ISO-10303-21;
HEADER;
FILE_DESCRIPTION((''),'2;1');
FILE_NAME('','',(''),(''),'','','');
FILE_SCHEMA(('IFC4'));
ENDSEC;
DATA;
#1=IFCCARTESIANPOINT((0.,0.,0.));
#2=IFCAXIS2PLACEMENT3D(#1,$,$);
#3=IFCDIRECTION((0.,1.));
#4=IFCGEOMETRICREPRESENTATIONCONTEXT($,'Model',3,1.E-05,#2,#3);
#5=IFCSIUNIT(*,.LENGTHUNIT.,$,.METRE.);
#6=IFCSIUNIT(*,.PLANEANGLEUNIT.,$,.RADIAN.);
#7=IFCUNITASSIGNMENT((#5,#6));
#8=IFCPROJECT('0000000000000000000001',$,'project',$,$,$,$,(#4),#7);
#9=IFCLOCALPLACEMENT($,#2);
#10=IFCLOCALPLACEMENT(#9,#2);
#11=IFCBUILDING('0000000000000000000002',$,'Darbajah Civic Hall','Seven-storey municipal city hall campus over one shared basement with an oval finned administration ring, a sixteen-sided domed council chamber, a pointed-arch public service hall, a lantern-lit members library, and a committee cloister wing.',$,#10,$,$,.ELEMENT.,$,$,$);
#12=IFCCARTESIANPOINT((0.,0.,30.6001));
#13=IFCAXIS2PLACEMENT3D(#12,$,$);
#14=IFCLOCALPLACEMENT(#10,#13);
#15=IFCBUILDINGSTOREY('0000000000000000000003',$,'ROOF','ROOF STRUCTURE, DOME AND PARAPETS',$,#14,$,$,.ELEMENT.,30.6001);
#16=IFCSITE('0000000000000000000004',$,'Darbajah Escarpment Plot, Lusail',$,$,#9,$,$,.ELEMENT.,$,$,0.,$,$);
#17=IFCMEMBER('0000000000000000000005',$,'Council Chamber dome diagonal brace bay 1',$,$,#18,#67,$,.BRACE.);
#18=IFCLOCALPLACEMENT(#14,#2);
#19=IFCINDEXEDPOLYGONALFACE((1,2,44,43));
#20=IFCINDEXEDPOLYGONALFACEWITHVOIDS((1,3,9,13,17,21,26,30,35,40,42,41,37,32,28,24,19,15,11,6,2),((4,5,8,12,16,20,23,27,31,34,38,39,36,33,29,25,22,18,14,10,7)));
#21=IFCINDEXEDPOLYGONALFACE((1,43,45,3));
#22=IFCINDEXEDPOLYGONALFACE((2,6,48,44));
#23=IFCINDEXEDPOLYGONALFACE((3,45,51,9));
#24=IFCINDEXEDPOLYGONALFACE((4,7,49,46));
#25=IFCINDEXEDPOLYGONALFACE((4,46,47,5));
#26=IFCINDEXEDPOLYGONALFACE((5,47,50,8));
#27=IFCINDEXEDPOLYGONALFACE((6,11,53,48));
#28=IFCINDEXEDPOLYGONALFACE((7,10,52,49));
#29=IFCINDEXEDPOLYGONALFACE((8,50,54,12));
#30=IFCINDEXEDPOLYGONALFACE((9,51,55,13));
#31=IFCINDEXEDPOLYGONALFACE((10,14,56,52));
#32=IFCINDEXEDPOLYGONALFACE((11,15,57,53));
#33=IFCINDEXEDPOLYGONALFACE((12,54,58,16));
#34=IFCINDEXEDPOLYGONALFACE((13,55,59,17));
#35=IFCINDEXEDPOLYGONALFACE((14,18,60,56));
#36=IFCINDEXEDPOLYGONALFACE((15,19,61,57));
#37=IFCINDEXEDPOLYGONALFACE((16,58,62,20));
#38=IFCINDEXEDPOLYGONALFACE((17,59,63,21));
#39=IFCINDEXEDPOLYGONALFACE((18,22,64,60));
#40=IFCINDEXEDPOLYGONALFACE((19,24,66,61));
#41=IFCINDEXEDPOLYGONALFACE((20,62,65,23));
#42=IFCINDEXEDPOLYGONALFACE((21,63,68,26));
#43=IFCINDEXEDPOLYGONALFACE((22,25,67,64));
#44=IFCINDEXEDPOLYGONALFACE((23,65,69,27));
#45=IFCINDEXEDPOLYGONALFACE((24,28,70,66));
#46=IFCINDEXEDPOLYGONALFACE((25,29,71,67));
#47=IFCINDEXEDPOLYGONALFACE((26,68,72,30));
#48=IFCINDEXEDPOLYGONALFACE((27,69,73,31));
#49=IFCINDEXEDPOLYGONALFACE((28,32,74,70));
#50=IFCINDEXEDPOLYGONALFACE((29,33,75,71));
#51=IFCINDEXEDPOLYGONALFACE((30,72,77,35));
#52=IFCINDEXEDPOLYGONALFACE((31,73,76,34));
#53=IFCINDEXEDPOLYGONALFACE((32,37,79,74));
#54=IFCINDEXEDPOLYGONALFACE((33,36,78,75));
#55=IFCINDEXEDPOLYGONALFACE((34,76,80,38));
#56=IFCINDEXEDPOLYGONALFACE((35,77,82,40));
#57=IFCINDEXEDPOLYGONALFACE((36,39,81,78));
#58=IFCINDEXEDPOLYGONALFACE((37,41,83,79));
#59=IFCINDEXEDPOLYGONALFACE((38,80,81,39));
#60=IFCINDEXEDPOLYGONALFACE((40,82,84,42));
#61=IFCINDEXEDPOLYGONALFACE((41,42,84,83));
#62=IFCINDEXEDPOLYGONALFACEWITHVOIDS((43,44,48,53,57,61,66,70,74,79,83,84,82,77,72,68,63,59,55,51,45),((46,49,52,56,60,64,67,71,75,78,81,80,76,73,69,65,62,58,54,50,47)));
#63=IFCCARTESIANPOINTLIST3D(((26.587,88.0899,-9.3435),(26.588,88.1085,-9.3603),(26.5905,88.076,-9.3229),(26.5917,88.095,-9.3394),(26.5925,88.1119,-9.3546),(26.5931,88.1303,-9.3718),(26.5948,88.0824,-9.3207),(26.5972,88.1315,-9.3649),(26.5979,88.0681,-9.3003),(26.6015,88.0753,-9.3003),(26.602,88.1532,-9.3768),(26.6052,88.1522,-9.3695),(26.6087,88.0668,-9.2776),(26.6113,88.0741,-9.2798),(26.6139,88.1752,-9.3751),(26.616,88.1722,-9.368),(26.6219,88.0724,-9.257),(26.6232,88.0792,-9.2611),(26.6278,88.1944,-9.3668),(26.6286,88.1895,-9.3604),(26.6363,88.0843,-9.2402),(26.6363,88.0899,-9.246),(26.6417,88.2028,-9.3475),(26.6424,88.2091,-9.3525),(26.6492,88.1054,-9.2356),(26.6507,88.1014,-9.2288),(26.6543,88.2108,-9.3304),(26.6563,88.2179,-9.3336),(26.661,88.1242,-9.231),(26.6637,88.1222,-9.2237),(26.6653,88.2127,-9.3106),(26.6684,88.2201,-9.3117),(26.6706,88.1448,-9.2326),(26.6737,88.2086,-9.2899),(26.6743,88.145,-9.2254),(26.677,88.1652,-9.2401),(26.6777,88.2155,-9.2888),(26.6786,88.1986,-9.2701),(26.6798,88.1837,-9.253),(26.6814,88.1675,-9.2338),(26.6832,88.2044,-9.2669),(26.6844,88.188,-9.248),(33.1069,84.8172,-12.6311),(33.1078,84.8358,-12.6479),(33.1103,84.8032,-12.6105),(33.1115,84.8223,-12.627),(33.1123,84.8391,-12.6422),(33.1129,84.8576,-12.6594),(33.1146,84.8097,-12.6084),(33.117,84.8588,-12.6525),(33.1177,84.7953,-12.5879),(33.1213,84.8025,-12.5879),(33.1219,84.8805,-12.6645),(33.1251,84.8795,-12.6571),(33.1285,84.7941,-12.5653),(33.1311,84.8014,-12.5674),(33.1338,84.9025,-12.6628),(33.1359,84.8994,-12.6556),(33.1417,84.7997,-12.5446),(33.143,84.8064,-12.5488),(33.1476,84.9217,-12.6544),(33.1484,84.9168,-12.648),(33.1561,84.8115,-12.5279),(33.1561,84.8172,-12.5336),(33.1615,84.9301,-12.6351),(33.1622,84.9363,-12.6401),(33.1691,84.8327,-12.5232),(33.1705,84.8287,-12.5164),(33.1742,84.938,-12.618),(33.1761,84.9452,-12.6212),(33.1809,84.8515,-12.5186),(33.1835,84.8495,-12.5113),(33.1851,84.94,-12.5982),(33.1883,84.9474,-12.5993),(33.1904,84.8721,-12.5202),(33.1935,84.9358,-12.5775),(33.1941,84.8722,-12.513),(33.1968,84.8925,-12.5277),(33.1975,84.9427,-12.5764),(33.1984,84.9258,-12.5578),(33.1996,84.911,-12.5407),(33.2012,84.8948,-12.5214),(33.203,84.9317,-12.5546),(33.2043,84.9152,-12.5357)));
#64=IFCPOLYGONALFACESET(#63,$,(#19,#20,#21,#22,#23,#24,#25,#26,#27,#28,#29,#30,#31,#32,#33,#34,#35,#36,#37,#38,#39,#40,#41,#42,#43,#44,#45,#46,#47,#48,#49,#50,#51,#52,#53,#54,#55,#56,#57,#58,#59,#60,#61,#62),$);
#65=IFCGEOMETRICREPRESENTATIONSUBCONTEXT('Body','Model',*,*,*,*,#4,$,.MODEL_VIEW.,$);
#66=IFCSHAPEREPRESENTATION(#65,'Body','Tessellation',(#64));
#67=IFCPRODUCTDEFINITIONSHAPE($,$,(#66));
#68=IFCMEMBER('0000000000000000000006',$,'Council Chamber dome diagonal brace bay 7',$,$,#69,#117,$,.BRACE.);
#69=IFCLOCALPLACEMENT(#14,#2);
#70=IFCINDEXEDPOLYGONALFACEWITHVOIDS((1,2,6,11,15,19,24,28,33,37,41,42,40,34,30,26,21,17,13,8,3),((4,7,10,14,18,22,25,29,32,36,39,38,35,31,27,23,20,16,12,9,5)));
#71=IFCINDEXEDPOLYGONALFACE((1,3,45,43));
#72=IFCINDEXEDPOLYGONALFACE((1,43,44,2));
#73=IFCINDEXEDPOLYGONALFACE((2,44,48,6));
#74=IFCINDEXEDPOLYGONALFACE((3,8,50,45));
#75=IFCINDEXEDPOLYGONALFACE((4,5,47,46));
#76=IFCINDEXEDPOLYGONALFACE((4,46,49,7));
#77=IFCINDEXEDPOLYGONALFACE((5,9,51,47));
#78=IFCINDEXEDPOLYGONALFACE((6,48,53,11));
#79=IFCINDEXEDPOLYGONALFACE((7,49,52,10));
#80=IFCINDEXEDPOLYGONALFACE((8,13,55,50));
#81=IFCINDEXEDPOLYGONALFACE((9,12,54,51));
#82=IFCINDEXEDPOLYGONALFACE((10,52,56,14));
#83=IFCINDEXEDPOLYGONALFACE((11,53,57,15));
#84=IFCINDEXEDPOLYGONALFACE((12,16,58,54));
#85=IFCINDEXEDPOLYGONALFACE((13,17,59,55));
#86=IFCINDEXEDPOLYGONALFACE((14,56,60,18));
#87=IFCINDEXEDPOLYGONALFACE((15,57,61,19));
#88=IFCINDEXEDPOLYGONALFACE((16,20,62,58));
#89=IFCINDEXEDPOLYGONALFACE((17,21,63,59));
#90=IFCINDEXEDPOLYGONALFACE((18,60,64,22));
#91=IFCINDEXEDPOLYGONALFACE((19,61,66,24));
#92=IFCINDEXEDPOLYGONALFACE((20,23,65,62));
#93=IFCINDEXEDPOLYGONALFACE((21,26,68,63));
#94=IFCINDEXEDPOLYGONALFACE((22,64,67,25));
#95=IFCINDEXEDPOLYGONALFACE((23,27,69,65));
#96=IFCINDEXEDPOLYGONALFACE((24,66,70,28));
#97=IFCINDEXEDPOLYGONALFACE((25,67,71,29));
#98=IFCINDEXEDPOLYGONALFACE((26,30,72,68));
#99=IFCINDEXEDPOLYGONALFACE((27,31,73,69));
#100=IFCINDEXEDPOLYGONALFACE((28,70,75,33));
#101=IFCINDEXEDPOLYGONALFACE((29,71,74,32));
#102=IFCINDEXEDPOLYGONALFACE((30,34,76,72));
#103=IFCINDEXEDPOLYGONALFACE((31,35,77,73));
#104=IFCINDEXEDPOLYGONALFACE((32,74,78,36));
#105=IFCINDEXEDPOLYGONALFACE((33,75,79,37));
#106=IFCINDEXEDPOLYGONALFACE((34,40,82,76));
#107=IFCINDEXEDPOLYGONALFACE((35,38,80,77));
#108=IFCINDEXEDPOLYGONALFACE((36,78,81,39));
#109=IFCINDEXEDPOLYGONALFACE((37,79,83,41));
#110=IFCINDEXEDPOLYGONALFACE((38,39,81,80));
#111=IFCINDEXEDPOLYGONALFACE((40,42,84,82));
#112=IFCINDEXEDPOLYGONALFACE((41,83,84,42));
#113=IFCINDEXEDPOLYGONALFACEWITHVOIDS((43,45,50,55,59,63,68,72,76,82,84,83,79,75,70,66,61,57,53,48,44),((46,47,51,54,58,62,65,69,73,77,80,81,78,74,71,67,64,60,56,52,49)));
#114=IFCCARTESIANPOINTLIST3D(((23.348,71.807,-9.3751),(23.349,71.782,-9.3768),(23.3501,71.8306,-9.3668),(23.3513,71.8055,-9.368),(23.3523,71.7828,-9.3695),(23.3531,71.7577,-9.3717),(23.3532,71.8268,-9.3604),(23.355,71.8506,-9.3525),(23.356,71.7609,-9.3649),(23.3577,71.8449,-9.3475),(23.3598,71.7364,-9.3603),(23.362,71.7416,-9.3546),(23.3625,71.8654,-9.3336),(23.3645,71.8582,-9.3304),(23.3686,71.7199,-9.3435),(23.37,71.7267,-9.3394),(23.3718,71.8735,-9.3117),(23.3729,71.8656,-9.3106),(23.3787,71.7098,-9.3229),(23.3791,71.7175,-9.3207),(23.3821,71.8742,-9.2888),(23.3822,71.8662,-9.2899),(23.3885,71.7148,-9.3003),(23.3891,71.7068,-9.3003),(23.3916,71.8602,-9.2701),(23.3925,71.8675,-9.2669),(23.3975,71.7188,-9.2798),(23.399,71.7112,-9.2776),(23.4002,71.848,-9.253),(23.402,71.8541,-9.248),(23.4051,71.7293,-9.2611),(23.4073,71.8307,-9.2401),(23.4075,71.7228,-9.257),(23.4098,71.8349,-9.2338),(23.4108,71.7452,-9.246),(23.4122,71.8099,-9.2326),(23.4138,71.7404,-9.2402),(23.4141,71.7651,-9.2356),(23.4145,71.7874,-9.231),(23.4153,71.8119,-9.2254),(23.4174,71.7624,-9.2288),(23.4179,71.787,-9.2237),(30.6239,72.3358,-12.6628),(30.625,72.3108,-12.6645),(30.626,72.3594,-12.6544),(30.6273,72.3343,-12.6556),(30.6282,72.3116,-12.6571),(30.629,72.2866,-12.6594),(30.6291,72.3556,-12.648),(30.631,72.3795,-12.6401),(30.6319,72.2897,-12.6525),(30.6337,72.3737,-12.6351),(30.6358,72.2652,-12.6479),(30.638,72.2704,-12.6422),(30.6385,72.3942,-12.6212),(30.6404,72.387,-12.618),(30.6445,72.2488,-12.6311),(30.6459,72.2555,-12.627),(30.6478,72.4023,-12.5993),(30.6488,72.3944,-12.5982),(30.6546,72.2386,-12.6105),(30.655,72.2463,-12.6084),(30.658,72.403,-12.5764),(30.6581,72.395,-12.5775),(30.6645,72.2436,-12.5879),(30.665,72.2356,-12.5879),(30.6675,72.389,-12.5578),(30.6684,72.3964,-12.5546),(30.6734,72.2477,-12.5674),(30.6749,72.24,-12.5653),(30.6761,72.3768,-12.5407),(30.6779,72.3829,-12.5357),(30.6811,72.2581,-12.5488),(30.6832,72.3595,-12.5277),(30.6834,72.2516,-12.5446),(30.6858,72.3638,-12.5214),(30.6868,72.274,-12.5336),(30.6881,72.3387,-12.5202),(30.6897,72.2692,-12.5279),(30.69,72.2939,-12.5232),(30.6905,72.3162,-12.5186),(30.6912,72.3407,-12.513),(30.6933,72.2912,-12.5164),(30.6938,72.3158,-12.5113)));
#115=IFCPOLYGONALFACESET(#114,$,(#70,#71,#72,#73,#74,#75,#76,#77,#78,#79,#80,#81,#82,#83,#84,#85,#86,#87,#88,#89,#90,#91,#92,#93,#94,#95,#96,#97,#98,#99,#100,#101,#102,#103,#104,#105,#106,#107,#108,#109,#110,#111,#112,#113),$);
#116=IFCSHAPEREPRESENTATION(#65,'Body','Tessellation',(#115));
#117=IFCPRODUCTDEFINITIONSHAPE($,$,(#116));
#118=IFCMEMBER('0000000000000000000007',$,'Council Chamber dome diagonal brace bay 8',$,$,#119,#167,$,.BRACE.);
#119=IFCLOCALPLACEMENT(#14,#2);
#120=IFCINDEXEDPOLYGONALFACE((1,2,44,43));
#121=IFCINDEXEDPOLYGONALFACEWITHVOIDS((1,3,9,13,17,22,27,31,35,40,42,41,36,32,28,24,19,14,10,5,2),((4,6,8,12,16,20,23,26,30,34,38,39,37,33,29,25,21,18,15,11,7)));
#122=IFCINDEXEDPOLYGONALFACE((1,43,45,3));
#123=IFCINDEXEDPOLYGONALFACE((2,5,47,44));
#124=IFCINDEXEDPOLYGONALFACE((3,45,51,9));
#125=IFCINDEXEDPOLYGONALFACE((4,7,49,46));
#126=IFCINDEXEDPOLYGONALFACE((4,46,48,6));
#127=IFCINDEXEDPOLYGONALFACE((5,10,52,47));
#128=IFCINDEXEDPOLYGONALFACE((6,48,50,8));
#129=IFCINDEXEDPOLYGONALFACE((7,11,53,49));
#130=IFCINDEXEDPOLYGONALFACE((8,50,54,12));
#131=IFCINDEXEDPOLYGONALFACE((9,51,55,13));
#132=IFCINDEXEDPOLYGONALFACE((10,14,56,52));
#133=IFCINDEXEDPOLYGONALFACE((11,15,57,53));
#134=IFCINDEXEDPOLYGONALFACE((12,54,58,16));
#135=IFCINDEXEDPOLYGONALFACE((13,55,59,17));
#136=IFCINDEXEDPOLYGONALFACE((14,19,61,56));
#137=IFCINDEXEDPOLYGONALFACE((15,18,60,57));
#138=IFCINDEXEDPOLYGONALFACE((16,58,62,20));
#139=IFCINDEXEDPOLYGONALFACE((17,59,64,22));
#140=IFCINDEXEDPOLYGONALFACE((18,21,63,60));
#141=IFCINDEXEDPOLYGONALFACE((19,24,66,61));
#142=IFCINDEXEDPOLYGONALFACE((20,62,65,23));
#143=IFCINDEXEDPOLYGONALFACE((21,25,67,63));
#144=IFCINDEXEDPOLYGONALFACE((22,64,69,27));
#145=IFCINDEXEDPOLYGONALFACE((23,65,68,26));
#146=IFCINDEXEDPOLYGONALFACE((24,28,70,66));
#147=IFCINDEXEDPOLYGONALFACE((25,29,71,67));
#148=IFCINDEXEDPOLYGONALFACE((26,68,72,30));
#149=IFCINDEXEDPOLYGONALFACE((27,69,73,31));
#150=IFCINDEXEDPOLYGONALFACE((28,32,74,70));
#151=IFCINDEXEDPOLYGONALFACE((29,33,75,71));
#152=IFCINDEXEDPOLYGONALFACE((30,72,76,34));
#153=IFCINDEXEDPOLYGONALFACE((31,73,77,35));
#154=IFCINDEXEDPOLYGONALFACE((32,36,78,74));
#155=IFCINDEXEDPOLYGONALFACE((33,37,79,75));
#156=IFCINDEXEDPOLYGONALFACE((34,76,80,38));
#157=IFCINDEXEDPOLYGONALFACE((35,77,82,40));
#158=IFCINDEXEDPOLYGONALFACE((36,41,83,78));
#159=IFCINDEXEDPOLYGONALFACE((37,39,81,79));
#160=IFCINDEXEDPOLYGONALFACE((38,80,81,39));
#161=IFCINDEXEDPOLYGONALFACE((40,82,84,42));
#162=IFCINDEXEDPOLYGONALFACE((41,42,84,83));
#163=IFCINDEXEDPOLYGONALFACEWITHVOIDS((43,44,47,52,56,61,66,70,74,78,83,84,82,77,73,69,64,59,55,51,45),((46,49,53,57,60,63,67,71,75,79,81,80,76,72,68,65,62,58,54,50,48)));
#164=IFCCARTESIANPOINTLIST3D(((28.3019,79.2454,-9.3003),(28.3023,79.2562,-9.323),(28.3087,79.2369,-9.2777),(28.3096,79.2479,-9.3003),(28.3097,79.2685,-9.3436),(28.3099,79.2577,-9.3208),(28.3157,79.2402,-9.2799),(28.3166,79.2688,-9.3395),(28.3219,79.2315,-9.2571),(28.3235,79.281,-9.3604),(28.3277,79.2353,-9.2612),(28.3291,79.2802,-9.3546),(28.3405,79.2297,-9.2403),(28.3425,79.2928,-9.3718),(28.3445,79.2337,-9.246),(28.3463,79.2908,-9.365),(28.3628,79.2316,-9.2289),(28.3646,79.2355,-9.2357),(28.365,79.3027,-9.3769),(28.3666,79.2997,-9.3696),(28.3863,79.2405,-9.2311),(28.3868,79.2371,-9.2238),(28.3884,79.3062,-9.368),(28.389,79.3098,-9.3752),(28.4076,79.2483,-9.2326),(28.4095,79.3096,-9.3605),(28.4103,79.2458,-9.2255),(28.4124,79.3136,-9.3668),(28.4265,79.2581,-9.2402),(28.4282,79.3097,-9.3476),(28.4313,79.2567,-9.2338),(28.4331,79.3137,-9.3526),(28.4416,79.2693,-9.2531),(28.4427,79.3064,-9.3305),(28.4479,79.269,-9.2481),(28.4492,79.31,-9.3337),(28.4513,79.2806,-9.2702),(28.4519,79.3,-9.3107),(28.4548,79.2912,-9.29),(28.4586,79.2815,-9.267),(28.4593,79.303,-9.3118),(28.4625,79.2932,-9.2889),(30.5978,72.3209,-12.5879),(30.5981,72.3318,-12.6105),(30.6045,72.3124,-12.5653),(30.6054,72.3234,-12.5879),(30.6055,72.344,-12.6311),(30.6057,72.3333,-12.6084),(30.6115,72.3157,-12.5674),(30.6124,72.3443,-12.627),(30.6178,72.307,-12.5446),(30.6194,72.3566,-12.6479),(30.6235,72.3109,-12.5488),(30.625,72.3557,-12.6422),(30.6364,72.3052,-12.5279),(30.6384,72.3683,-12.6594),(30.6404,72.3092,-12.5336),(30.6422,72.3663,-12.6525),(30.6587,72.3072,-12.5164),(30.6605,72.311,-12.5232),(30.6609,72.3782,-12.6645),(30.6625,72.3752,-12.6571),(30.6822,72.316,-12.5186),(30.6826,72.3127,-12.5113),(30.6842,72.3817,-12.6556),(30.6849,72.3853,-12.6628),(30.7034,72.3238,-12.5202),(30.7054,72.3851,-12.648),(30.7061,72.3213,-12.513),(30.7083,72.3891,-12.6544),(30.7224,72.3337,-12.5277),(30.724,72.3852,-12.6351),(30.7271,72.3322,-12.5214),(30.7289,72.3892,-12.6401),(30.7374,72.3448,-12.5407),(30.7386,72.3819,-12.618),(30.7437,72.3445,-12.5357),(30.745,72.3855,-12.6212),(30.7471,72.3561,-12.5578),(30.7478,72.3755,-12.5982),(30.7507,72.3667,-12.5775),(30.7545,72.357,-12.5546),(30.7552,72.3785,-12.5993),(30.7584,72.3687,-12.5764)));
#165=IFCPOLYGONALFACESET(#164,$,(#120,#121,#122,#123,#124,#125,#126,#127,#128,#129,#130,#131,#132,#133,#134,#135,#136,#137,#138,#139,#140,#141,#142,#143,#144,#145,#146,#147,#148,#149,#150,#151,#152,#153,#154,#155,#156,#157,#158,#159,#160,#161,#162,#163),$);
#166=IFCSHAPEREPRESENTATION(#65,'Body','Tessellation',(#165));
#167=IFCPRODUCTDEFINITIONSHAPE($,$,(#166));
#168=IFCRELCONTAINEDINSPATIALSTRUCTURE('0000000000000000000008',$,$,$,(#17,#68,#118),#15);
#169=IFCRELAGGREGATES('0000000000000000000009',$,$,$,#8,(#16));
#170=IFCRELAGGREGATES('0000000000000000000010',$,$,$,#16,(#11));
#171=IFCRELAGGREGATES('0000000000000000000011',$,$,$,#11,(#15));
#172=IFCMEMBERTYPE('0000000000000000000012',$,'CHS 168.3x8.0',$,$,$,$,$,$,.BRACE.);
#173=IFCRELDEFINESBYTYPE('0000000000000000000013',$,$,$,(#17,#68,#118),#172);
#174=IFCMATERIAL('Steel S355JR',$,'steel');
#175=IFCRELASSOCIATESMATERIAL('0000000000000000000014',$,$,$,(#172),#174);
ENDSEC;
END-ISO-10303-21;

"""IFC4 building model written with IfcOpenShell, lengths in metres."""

from ifc_helpers import new_model, si_unit, direction, frame, origin, origin_2d, place, context, subcontext, project, spatial, hollow_circle, extrude, material, material_profile, profile_set, type_object, element, save


model = new_model("IFC4")

# Units and contexts
model_context = context("Model", 3, precision=1e-05, world=origin(), true_north=direction((0.0, 1.0)))
body_context = subcontext(model_context, "Body", "Model", "MODEL_VIEW")
ifc_project = project(units=[si_unit("LENGTHUNIT", "METRE"), si_unit("PLANEANGLEUNIT", "RADIAN")], contexts=[model_context])

# Site, building, storey
site_placement = place(None, origin())
site = spatial("IfcSite", under=ifc_project, at=site_placement, Name="Darbajah Escarpment Plot, Lusail", CompositionType="ELEMENT", RefElevation=0.0)
building_placement = place(site_placement, origin())
building = spatial("IfcBuilding", under=site, at=building_placement, Name="Darbajah Civic Hall", Description="Seven-storey municipal city hall campus over one shared basement with an oval finned administration ring, a sixteen-sided domed council chamber, a pointed-arch public service hall, a lantern-lit members library, and a committee cloister wing.", CompositionType="ELEMENT")
storey_placement = place(building_placement, frame((0.0, 0.0, 30.6001)))
storey = spatial("IfcBuildingStorey", under=building, at=storey_placement, Name="ROOF", Description="ROOF STRUCTURE, DOME AND PARAPETS", CompositionType="ELEMENT", Elevation=30.6001)

# Members
ifc_material_1 = material(Name="Steel S355JR", Category="steel")
ifc_material_profile_1 = material_profile(ifc_material_1, hollow_circle(Radius=0.0842, WallThickness=0.0081, at=origin_2d()), Name="CHS 168.3x8.0")
ifc_profile_set_1 = profile_set([ifc_material_profile_1], Name="Steel S355JR")
member_type_1 = type_object("IfcMemberType", Name="CHS 168.3x8.0", PredefinedType="BRACE", material=ifc_profile_set_1)
for number, where, z_axis, x_axis, name in (
    (1, (33.1555, 84.8706, -12.5879), (-0.814804, 0.409004, 0.410865), (-0.448619, -0.893723, 0.0), "Council Chamber dome diagonal brace bay 1"),
    (2, (30.6589, 72.3196, -12.5879), (-0.909298, -0.066087, 0.410865), (0.072488, -0.997369, 0.0), "Council Chamber dome diagonal brace bay 7"),
    (3, (30.6777, 72.3474, -12.5879), (-0.286922, 0.865374, 0.410857), (-0.949187, -0.314711, 0.0), "Council Chamber dome diagonal brace bay 8"),
):
    element("IfcMember", number, at=place(storey_placement, frame(where, z_axis=z_axis, x_axis=x_axis)), inside=storey, type_object=member_type_1, Name=name, PredefinedType="BRACE", context=body_context, shape_type="SweptSolid", body=[
        extrude(hollow_circle(Radius=0.0842, WallThickness=0.0081, at=origin_2d()), origin(), (0.0, 0.0, 1.0), 8.0017),
    ])

save(model, "model.ifc")
